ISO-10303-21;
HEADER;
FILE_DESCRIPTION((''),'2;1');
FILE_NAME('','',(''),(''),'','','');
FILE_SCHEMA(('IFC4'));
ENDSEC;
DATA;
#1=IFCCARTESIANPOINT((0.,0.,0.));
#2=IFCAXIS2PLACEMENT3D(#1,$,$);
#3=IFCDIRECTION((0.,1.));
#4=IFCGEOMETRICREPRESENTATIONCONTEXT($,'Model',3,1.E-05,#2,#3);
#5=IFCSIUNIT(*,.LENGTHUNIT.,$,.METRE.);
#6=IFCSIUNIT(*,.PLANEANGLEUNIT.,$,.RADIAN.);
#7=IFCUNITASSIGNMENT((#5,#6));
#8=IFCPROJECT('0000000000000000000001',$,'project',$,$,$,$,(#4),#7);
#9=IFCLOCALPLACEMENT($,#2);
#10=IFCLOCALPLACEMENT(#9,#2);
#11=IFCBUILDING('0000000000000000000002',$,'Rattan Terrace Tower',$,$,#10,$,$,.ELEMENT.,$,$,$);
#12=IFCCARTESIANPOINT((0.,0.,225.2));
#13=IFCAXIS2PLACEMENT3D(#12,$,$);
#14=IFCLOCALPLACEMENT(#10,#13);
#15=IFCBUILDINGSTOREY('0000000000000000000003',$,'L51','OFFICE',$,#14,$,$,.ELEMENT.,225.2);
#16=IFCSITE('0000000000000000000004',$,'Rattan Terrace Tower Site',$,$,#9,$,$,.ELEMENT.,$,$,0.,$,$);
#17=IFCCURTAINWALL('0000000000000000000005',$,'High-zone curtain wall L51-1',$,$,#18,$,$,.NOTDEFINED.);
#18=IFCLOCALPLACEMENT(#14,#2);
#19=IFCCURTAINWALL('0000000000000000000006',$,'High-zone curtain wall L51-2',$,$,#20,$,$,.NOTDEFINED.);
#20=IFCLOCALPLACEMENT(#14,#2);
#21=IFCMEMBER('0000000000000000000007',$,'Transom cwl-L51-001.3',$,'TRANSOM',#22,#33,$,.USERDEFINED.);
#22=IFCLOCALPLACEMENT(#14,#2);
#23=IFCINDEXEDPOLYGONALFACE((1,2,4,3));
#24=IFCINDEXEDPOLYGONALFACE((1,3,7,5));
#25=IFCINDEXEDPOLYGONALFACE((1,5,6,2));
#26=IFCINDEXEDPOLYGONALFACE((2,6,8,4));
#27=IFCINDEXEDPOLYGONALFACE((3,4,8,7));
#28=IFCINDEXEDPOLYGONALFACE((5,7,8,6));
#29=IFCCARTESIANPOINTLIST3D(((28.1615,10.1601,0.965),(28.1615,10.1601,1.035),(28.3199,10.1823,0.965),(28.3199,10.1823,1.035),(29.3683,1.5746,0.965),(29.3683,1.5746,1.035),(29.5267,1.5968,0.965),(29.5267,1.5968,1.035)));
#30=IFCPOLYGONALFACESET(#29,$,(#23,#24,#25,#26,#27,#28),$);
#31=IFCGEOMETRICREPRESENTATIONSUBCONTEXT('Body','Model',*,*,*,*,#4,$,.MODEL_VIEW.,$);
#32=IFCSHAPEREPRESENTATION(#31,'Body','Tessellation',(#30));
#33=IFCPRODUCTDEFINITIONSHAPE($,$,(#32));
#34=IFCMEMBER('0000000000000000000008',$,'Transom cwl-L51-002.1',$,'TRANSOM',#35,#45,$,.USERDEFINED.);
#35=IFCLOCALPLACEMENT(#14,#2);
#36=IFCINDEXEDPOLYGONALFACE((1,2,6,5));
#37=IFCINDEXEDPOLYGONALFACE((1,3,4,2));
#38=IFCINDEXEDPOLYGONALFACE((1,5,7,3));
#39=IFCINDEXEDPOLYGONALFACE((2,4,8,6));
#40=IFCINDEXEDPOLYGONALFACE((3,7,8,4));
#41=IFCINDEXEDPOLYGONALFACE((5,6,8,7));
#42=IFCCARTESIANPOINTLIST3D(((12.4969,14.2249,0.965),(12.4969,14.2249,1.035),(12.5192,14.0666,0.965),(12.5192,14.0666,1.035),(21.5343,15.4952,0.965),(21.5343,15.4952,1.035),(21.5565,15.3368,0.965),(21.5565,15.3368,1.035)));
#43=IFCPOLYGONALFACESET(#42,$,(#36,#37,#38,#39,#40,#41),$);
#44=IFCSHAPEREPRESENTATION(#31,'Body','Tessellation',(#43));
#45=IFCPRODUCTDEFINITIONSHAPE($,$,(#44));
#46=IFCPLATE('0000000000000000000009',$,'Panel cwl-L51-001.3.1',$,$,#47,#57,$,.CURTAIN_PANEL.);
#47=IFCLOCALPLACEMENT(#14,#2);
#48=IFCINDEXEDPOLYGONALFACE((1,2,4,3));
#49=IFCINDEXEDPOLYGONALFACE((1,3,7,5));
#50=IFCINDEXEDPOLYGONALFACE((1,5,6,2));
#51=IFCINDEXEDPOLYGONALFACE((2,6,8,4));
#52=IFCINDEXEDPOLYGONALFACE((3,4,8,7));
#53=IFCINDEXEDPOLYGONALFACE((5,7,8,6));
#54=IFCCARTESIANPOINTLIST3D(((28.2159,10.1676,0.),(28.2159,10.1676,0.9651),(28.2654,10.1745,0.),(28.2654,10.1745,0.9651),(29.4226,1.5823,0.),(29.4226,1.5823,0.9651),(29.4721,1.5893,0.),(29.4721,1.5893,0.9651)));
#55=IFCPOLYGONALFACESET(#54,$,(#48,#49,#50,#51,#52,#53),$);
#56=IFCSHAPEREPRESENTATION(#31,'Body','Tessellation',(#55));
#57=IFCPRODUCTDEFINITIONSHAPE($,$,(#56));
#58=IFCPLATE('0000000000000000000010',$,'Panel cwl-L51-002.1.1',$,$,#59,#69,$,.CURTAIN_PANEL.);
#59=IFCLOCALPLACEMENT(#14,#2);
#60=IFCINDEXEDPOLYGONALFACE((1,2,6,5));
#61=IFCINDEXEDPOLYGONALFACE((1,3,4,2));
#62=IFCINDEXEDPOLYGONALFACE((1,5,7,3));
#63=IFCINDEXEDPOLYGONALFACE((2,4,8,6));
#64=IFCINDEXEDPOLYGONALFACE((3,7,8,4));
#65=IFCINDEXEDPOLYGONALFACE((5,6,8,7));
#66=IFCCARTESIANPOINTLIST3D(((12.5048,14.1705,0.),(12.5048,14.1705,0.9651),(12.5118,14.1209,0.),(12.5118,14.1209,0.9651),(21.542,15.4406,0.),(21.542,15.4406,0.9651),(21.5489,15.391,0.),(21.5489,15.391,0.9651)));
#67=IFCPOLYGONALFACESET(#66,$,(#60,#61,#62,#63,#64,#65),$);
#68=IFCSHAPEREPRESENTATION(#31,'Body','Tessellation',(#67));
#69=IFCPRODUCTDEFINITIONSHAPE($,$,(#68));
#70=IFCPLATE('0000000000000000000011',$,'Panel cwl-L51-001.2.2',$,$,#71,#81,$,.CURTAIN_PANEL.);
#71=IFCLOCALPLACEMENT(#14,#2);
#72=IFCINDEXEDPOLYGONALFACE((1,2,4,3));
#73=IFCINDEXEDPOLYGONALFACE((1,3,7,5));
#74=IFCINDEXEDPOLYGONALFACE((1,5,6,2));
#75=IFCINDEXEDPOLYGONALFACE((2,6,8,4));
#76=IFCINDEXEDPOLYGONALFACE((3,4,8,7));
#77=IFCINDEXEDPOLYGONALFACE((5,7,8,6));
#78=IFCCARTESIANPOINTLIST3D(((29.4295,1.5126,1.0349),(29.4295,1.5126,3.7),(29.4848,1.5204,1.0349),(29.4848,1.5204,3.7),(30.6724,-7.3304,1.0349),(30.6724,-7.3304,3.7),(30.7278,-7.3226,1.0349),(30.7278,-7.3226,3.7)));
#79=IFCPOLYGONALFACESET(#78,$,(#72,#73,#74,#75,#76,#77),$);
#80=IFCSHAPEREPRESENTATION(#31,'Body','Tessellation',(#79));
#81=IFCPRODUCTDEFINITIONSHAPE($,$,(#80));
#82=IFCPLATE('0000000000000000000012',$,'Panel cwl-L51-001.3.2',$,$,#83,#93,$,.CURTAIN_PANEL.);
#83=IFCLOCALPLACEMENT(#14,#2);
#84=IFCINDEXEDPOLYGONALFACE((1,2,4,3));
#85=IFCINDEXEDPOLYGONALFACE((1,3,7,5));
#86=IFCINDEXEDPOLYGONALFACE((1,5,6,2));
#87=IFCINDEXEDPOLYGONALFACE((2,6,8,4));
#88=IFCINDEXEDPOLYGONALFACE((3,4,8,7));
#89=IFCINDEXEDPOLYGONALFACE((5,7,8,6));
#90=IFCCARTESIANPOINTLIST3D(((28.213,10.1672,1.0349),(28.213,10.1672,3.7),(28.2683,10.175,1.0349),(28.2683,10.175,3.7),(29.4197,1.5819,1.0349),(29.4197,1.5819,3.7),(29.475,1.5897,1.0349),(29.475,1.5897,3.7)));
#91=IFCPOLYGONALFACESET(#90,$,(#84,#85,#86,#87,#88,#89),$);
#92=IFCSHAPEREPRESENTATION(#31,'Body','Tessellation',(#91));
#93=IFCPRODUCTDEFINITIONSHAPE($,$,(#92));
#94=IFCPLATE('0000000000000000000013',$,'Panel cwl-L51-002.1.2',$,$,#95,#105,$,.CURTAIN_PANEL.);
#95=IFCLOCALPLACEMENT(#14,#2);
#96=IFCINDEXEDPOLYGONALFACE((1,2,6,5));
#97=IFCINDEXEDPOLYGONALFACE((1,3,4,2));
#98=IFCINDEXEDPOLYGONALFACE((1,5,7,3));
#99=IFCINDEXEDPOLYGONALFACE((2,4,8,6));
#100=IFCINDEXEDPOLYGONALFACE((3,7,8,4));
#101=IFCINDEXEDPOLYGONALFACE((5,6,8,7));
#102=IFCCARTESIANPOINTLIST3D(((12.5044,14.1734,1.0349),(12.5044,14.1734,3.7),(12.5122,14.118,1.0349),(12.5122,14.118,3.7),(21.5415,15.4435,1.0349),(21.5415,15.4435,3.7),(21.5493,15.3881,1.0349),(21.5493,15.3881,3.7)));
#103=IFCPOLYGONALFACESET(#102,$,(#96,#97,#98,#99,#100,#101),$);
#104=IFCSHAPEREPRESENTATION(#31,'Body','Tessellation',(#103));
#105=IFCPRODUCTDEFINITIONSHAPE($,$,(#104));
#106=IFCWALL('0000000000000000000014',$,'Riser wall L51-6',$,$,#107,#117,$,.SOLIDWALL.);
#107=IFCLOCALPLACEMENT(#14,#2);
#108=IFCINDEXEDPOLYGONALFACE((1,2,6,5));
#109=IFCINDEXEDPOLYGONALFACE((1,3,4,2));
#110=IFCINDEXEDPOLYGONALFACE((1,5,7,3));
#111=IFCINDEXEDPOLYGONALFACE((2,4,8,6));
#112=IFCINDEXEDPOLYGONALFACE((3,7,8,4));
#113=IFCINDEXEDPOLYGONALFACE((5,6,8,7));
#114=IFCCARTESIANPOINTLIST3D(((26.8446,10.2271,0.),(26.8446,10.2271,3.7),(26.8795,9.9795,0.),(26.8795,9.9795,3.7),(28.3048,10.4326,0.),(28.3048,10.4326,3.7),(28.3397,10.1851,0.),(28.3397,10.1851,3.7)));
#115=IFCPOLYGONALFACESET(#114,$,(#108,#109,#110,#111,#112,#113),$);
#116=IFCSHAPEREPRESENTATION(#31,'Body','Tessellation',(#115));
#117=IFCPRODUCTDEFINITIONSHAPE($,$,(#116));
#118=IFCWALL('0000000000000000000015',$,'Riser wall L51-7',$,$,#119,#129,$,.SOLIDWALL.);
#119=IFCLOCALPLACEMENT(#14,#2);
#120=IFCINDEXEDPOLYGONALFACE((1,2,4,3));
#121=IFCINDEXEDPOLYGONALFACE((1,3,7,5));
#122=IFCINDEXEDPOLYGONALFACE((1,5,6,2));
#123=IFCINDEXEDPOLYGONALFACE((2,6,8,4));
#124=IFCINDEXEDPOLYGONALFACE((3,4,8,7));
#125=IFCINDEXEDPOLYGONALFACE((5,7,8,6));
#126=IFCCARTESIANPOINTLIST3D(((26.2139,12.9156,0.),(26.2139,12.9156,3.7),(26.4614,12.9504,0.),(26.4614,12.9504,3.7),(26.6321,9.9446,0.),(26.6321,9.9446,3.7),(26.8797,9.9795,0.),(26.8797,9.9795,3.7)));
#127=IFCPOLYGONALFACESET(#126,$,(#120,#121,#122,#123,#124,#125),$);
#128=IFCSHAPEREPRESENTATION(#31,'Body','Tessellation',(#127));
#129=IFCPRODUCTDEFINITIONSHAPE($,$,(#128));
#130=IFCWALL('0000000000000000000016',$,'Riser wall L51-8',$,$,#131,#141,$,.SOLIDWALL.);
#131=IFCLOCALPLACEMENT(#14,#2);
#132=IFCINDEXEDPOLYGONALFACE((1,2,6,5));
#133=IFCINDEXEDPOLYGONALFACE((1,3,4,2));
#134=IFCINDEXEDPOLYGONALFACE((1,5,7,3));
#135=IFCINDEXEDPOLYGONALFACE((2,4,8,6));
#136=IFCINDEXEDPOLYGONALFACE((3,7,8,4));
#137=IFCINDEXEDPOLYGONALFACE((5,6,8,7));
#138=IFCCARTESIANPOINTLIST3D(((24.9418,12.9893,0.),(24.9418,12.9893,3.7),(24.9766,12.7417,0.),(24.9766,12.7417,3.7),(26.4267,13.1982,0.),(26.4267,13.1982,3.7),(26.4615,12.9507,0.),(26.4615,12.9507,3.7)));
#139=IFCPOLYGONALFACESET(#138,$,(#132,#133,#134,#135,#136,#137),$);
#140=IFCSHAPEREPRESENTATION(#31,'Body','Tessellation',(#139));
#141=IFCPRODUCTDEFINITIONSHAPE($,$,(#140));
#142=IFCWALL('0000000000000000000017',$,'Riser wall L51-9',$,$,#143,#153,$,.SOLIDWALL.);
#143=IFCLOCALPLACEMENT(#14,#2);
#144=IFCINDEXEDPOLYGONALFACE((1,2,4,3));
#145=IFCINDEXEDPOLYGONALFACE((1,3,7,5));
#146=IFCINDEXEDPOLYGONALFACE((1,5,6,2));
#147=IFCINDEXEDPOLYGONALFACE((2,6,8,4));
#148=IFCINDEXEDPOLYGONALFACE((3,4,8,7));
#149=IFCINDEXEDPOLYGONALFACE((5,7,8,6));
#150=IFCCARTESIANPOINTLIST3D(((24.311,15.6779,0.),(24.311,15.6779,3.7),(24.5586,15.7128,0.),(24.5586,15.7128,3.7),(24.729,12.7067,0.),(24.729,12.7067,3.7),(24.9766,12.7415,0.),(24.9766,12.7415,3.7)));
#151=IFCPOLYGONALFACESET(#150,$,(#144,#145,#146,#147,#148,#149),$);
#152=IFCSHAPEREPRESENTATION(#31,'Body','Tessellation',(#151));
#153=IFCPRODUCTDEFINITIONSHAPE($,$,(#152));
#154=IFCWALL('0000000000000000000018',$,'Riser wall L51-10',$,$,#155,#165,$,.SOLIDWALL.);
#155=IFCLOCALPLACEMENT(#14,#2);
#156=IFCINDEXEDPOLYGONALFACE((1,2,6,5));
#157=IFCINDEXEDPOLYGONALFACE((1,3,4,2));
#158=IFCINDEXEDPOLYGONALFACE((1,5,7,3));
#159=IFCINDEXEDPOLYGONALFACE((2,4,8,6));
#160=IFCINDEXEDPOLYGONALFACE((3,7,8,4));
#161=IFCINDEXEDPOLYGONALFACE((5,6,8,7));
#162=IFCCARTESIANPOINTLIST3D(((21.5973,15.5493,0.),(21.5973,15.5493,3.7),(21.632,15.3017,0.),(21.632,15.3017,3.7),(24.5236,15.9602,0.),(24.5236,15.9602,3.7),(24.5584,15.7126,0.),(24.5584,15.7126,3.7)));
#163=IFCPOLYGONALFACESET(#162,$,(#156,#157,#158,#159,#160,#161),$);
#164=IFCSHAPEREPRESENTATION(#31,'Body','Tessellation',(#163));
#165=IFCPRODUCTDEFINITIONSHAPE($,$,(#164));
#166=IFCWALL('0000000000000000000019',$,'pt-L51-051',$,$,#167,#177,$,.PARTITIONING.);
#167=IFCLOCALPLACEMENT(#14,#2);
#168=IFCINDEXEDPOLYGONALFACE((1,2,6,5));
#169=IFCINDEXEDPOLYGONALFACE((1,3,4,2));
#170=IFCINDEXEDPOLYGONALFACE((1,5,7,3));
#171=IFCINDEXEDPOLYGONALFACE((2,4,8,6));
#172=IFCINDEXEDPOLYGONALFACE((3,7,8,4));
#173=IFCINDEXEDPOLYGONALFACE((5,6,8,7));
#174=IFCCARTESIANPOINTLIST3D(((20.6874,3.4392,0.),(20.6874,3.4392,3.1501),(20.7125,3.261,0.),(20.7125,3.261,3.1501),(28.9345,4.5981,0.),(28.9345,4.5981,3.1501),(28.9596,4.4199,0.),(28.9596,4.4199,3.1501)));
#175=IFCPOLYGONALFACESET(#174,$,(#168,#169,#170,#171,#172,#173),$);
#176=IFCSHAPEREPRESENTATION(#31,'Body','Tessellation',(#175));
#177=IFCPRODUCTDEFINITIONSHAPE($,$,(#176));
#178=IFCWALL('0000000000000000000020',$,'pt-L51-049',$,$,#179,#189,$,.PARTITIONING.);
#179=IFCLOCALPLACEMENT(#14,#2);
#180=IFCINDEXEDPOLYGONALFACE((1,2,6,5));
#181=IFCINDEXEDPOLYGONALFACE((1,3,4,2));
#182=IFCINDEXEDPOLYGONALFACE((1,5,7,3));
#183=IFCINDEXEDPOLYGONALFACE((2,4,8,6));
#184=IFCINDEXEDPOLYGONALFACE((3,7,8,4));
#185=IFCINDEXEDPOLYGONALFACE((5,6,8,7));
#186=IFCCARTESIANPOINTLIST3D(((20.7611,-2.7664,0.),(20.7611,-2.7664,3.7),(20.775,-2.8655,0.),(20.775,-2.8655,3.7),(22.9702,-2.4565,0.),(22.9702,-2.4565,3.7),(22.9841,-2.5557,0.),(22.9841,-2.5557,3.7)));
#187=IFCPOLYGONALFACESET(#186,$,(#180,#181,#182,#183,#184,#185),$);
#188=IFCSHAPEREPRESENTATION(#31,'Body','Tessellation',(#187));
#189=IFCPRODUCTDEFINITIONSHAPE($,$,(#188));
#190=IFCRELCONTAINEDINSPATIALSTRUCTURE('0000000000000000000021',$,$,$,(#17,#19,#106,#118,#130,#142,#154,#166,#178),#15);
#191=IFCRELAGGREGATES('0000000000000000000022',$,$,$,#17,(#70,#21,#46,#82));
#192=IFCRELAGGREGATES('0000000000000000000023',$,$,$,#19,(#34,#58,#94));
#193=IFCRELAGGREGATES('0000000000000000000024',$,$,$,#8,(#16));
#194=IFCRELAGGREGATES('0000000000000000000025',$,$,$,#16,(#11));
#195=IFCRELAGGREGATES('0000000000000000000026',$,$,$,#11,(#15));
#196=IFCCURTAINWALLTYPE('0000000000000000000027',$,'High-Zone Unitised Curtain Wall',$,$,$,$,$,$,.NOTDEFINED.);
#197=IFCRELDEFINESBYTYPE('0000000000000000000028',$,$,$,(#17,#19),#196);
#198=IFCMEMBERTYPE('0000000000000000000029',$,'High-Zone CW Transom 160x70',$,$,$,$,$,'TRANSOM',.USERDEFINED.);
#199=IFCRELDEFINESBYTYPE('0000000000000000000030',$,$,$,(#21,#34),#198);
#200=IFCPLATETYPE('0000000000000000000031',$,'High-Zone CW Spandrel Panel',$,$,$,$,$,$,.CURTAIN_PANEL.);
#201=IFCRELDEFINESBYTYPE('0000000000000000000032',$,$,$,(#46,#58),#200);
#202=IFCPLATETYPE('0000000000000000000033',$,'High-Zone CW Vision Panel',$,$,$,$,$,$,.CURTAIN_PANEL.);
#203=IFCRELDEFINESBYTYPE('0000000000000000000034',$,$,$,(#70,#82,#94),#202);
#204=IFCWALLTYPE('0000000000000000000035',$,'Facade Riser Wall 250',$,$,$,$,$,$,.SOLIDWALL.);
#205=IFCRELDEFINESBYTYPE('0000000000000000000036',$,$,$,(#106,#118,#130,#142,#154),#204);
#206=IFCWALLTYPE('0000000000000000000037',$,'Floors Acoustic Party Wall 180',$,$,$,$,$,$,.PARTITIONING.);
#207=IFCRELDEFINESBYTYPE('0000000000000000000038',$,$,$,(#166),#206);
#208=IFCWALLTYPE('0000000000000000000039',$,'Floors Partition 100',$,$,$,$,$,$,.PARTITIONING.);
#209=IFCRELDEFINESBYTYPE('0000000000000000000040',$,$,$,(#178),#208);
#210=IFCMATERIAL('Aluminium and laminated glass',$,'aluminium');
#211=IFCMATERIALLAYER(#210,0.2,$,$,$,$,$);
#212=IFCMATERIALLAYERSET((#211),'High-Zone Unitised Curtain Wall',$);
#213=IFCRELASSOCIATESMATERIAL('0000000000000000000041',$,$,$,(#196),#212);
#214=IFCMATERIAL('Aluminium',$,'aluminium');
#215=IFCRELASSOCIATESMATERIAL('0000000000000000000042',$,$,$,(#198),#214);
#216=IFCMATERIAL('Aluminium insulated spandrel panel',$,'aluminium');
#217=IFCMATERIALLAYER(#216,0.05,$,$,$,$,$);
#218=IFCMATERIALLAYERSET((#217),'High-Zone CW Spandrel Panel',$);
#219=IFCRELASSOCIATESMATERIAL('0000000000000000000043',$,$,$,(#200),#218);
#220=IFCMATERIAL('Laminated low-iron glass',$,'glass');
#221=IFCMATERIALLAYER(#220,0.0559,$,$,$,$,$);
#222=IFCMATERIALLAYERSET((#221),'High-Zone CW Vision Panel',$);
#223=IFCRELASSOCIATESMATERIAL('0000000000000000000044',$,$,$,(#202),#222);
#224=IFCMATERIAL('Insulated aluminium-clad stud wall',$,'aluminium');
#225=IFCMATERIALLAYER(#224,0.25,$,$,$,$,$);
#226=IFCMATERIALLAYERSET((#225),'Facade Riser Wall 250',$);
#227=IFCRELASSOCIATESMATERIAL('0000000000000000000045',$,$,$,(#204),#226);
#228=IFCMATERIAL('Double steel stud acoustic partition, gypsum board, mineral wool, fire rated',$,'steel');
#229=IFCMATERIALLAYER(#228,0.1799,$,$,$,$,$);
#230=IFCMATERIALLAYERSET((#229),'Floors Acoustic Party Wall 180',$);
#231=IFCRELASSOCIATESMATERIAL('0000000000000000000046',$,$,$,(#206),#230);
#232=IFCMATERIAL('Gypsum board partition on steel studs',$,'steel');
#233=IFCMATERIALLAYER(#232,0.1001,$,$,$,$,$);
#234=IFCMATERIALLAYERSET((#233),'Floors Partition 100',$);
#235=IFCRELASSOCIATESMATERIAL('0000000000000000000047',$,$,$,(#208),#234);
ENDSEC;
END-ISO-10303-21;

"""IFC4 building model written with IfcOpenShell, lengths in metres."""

from ifc_helpers import new_model, si_unit, direction, frame, frame_2d, origin, origin_2d, place, context, subcontext, project, spatial, rectangle, extrude, material, layer, layer_set, material_profile, profile_set, type_object, element, aggregate, save


model = new_model("IFC4")

# Units and contexts
model_context = context("Model", 3, precision=1e-05, world=origin(), true_north=direction((0.0, 1.0)))
body_context = subcontext(model_context, "Body", "Model", "MODEL_VIEW")
ifc_project = project(units=[si_unit("LENGTHUNIT", "METRE"), si_unit("PLANEANGLEUNIT", "RADIAN")], contexts=[model_context])

# Site, building, storey
site_placement = place(None, origin())
site = spatial("IfcSite", under=ifc_project, at=site_placement, Name="Rattan Terrace Tower Site", CompositionType="ELEMENT", RefElevation=0.0)
building_placement = place(site_placement, origin())
building = spatial("IfcBuilding", under=site, at=building_placement, Name="Rattan Terrace Tower", CompositionType="ELEMENT")
storey_placement = place(building_placement, frame((0.0, 0.0, 225.2)))
storey = spatial("IfcBuildingStorey", under=building, at=storey_placement, Name="L51", Description="OFFICE", CompositionType="ELEMENT", Elevation=225.2)

# Curtain walls
ifc_material_1 = material(Name="Aluminium and laminated glass", Category="aluminium")
ifc_layer_1 = layer(ifc_material_1, 0.2)
ifc_layer_set_1 = layer_set([ifc_layer_1], Name="High-Zone Unitised Curtain Wall")
curtain_wall_type = type_object("IfcCurtainWallType", Name="High-Zone Unitised Curtain Wall", PredefinedType="NOTDEFINED", material=ifc_layer_set_1)
curtain_wall_1_placement = place(storey_placement, origin())
curtain_wall_1 = element("IfcCurtainWall", 1, at=curtain_wall_1_placement, inside=storey, type_object=curtain_wall_type, Name="High-zone curtain wall L51-1", PredefinedType="NOTDEFINED")
curtain_wall_2_placement = place(storey_placement, origin())
curtain_wall_2 = element("IfcCurtainWall", 2, at=curtain_wall_2_placement, inside=storey, type_object=curtain_wall_type, Name="High-zone curtain wall L51-2", PredefinedType="NOTDEFINED")

# Members
ifc_material_2 = material(Name="Aluminium", Category="aluminium")
ifc_material_profile_1 = material_profile(ifc_material_2, rectangle(XDim=0.1599, YDim=0.0701, at=origin_2d()), Name="Aluminium 160x70")
ifc_profile_set_1 = profile_set([ifc_material_profile_1], Name="Aluminium")
member_type_1 = type_object("IfcMemberType", Name="High-Zone CW Transom 160x70", ElementType="TRANSOM", PredefinedType="USERDEFINED", material=ifc_profile_set_1)
member_1_placement = place(storey_placement, frame((29.4475, 1.5857, 1.0), z_axis=(-0.139194, 0.990265, 0.0), x_axis=(-0.990265, -0.139194, 0.0)))
member_1 = element("IfcMember", 3, at=member_1_placement, type_object=member_type_1, Name="Transom cwl-L51-001.3", ObjectType="TRANSOM", PredefinedType="USERDEFINED", context=body_context, shape_type="SweptSolid", body=[
    extrude(rectangle(XDim=0.1599, YDim=0.0701, at=origin_2d()), origin(), (0.0, 0.0, 1.0), 8.6699),
])
member_2_placement = place(storey_placement, frame((21.5454, 15.416, 1.0), z_axis=(-0.990266, -0.139189, 0.0), x_axis=(0.139189, -0.990266, 0.0)))
member_2 = element("IfcMember", 4, at=member_2_placement, type_object=member_type_1, Name="Transom cwl-L51-002.1", ObjectType="TRANSOM", PredefinedType="USERDEFINED", context=body_context, shape_type="SweptSolid", body=[
    extrude(rectangle(XDim=0.1599, YDim=0.0701, at=origin_2d()), origin(), (0.0, 0.0, 1.0), 9.1262),
])

# Plates
ifc_material_3 = material(Name="Aluminium insulated spandrel panel", Category="aluminium")
ifc_layer_2 = layer(ifc_material_3, 0.05)
ifc_layer_set_2 = layer_set([ifc_layer_2], Name="High-Zone CW Spandrel Panel")
plate_type_1 = type_object("IfcPlateType", Name="High-Zone CW Spandrel Panel", PredefinedType="CURTAIN_PANEL", material=ifc_layer_set_2)
plate_1_placement = place(storey_placement, frame((28.844, 5.8784, 0.0), z_axis=(0.0, 0.0, 1.0), x_axis=(-0.139186, 0.990266, 0.0)))
plate_1 = element("IfcPlate", 5, at=plate_1_placement, type_object=plate_type_1, Name="Panel cwl-L51-001.3.1", PredefinedType="CURTAIN_PANEL", context=body_context, shape_type="SweptSolid", body=[
    extrude(rectangle(XDim=8.6697, YDim=0.05, at=origin_2d()), origin(), (0.0, 0.0, 1.0), 0.9651),
])
plate_2_placement = place(storey_placement, frame((17.0269, 14.7808, 0.0), z_axis=(0.0, 0.0, 1.0), x_axis=(-0.990267, -0.139177, 0.0)))
plate_2 = element("IfcPlate", 6, at=plate_2_placement, type_object=plate_type_1, Name="Panel cwl-L51-002.1.1", PredefinedType="CURTAIN_PANEL", context=body_context, shape_type="SweptSolid", body=[
    extrude(rectangle(XDim=9.126, YDim=0.05, at=origin_2d()), origin(), (0.0, 0.0, 1.0), 0.9651),
])
ifc_material_4 = material(Name="Laminated low-iron glass", Category="glass")
ifc_layer_3 = layer(ifc_material_4, 0.0559)
ifc_layer_set_3 = layer_set([ifc_layer_3], Name="High-Zone CW Vision Panel")
plate_type_2 = type_object("IfcPlateType", Name="High-Zone CW Vision Panel", PredefinedType="CURTAIN_PANEL", material=ifc_layer_set_3)
plate_3_placement = place(storey_placement, frame((30.0786, -2.905, 1.0349), z_axis=(0.0, 0.0, 1.0), x_axis=(-0.139186, 0.990266, 0.0)))
plate_3 = element("IfcPlate", 7, at=plate_3_placement, type_object=plate_type_2, Name="Panel cwl-L51-001.2.2", PredefinedType="CURTAIN_PANEL", context=body_context, shape_type="SweptSolid", body=[
    extrude(rectangle(XDim=8.9299, YDim=0.0559, at=origin_2d()), origin(), (0.0, 0.0, 1.0), 2.665),
])
plate_4_placement = place(storey_placement, frame((28.844, 5.8784, 1.0349), z_axis=(0.0, 0.0, 1.0), x_axis=(-0.139186, 0.990266, 0.0)))
plate_4 = element("IfcPlate", 8, at=plate_4_placement, type_object=plate_type_2, Name="Panel cwl-L51-001.3.2", PredefinedType="CURTAIN_PANEL", context=body_context, shape_type="SweptSolid", body=[
    extrude(rectangle(XDim=8.6697, YDim=0.0559, at=origin_2d()), origin(), (0.0, 0.0, 1.0), 2.665),
])
aggregate(curtain_wall_1, [plate_3, member_1, plate_1, plate_4])
plate_5_placement = place(storey_placement, frame((17.0269, 14.7808, 1.0349), z_axis=(0.0, 0.0, 1.0), x_axis=(-0.990267, -0.139177, 0.0)))
plate_5 = element("IfcPlate", 9, at=plate_5_placement, type_object=plate_type_2, Name="Panel cwl-L51-002.1.2", PredefinedType="CURTAIN_PANEL", context=body_context, shape_type="SweptSolid", body=[
    extrude(rectangle(XDim=9.126, YDim=0.0559, at=origin_2d()), origin(), (0.0, 0.0, 1.0), 2.665),
])
aggregate(curtain_wall_2, [member_2, plate_2, plate_5])

# Walls
ifc_material_5 = material(Name="Insulated aluminium-clad stud wall", Category="aluminium")
ifc_layer_4 = layer(ifc_material_5, 0.25)
ifc_layer_set_4 = layer_set([ifc_layer_4], Name="Facade Riser Wall 250")
wall_type_1 = type_object("IfcWallType", Name="Facade Riser Wall 250", PredefinedType="SOLIDWALL", material=ifc_layer_set_4)
wall_1_placement = place(storey_placement, frame((28.3223, 10.3088, 0.0), z_axis=(0.0, 0.0, 1.0), x_axis=(-0.990236, -0.139404, 0.0)))
element("IfcWall", 10, at=wall_1_placement, inside=storey, type_object=wall_type_1, Name="Riser wall L51-6", PredefinedType="SOLIDWALL", context=body_context, shape_type="SweptSolid", body=[
    extrude(rectangle(XDim=1.4746, YDim=0.25, at=frame_2d((0.7373, 0.0))), origin(), (0.0, 0.0, 1.0), 3.7),
])
wall_2_placement = place(storey_placement, frame((26.7559, 9.9622, 0.0), z_axis=(0.0, 0.0, 1.0), x_axis=(-0.139393, 0.990237, 0.0)))
element("IfcWall", 11, at=wall_2_placement, inside=storey, type_object=wall_type_1, Name="Riser wall L51-7", PredefinedType="SOLIDWALL", context=body_context, shape_type="SweptSolid", body=[
    extrude(rectangle(XDim=3.0002, YDim=0.25, at=frame_2d((1.5, 0.0))), origin(), (0.0, 0.0, 1.0), 3.7),
])
wall_3_placement = place(storey_placement, frame((26.4441, 13.0745, 0.0), z_axis=(0.0, 0.0, 1.0), x_axis=(-0.99024, -0.13937, 0.0)))
element("IfcWall", 12, at=wall_3_placement, inside=storey, type_object=wall_type_1, Name="Riser wall L51-8", PredefinedType="SOLIDWALL", context=body_context, shape_type="SweptSolid", body=[
    extrude(rectangle(XDim=1.4995, YDim=0.25, at=frame_2d((0.7498, 0.0))), origin(), (0.0, 0.0, 1.0), 3.7),
])
wall_4_placement = place(storey_placement, frame((24.8528, 12.7241, 0.0), z_axis=(0.0, 0.0, 1.0), x_axis=(-0.139302, 0.99025, 0.0)))
element("IfcWall", 13, at=wall_4_placement, inside=storey, type_object=wall_type_1, Name="Riser wall L51-9", PredefinedType="SOLIDWALL", context=body_context, shape_type="SweptSolid", body=[
    extrude(rectangle(XDim=3.0005, YDim=0.25, at=frame_2d((1.5002, 0.0))), origin(), (0.0, 0.0, 1.0), 3.7),
])
wall_5_placement = place(storey_placement, frame((24.541, 15.8364, 0.0), z_axis=(0.0, 0.0, 1.0), x_axis=(-0.990285, -0.13905, 0.0)))
element("IfcWall", 14, at=wall_5_placement, inside=storey, type_object=wall_type_1, Name="Riser wall L51-10", PredefinedType="SOLIDWALL", context=body_context, shape_type="SweptSolid", body=[
    extrude(rectangle(XDim=2.9551, YDim=0.25, at=frame_2d((1.4775, 0.0))), origin(), (0.0, 0.0, 1.0), 3.7),
])
ifc_material_6 = material(Name="Double steel stud acoustic partition, gypsum board, mineral wool, fire rated", Category="steel")
ifc_layer_5 = layer(ifc_material_6, 0.1799)
ifc_layer_set_5 = layer_set([ifc_layer_5], Name="Floors Acoustic Party Wall 180")
wall_type_2 = type_object("IfcWallType", Name="Floors Acoustic Party Wall 180", PredefinedType="PARTITIONING", material=ifc_layer_set_5)
wall_6_placement = place(storey_placement, frame((20.7, 3.3501, 0.0), z_axis=(0.0, 0.0, 1.0), x_axis=(0.99027, 0.13916, 0.0)))
element("IfcWall", 15, at=wall_6_placement, inside=storey, type_object=wall_type_2, Name="pt-L51-051", PredefinedType="PARTITIONING", context=body_context, shape_type="SweptSolid", body=[
    extrude(rectangle(XDim=8.3281, YDim=0.1799, at=frame_2d((4.1641, 0.0))), origin(), (0.0, 0.0, 1.0), 3.1501),
])
ifc_material_7 = material(Name="Gypsum board partition on steel studs", Category="steel")
ifc_layer_6 = layer(ifc_material_7, 0.1001)
ifc_layer_set_6 = layer_set([ifc_layer_6], Name="Floors Partition 100")
wall_type_3 = type_object("IfcWallType", Name="Floors Partition 100", PredefinedType="PARTITIONING", material=ifc_layer_set_6)
wall_7_placement = place(storey_placement, frame((22.9771, -2.5061, 0.0), z_axis=(0.0, 0.0, 1.0), x_axis=(-0.990307, -0.138893, 0.0)))
element("IfcWall", 16, at=wall_7_placement, inside=storey, type_object=wall_type_3, Name="pt-L51-049", PredefinedType="PARTITIONING", context=body_context, shape_type="SweptSolid", body=[
    extrude(rectangle(XDim=2.2307, YDim=0.1001, at=frame_2d((1.1152, 0.0))), origin(), (0.0, 0.0, 1.0), 3.7),
])

save(model, "model.ifc")
